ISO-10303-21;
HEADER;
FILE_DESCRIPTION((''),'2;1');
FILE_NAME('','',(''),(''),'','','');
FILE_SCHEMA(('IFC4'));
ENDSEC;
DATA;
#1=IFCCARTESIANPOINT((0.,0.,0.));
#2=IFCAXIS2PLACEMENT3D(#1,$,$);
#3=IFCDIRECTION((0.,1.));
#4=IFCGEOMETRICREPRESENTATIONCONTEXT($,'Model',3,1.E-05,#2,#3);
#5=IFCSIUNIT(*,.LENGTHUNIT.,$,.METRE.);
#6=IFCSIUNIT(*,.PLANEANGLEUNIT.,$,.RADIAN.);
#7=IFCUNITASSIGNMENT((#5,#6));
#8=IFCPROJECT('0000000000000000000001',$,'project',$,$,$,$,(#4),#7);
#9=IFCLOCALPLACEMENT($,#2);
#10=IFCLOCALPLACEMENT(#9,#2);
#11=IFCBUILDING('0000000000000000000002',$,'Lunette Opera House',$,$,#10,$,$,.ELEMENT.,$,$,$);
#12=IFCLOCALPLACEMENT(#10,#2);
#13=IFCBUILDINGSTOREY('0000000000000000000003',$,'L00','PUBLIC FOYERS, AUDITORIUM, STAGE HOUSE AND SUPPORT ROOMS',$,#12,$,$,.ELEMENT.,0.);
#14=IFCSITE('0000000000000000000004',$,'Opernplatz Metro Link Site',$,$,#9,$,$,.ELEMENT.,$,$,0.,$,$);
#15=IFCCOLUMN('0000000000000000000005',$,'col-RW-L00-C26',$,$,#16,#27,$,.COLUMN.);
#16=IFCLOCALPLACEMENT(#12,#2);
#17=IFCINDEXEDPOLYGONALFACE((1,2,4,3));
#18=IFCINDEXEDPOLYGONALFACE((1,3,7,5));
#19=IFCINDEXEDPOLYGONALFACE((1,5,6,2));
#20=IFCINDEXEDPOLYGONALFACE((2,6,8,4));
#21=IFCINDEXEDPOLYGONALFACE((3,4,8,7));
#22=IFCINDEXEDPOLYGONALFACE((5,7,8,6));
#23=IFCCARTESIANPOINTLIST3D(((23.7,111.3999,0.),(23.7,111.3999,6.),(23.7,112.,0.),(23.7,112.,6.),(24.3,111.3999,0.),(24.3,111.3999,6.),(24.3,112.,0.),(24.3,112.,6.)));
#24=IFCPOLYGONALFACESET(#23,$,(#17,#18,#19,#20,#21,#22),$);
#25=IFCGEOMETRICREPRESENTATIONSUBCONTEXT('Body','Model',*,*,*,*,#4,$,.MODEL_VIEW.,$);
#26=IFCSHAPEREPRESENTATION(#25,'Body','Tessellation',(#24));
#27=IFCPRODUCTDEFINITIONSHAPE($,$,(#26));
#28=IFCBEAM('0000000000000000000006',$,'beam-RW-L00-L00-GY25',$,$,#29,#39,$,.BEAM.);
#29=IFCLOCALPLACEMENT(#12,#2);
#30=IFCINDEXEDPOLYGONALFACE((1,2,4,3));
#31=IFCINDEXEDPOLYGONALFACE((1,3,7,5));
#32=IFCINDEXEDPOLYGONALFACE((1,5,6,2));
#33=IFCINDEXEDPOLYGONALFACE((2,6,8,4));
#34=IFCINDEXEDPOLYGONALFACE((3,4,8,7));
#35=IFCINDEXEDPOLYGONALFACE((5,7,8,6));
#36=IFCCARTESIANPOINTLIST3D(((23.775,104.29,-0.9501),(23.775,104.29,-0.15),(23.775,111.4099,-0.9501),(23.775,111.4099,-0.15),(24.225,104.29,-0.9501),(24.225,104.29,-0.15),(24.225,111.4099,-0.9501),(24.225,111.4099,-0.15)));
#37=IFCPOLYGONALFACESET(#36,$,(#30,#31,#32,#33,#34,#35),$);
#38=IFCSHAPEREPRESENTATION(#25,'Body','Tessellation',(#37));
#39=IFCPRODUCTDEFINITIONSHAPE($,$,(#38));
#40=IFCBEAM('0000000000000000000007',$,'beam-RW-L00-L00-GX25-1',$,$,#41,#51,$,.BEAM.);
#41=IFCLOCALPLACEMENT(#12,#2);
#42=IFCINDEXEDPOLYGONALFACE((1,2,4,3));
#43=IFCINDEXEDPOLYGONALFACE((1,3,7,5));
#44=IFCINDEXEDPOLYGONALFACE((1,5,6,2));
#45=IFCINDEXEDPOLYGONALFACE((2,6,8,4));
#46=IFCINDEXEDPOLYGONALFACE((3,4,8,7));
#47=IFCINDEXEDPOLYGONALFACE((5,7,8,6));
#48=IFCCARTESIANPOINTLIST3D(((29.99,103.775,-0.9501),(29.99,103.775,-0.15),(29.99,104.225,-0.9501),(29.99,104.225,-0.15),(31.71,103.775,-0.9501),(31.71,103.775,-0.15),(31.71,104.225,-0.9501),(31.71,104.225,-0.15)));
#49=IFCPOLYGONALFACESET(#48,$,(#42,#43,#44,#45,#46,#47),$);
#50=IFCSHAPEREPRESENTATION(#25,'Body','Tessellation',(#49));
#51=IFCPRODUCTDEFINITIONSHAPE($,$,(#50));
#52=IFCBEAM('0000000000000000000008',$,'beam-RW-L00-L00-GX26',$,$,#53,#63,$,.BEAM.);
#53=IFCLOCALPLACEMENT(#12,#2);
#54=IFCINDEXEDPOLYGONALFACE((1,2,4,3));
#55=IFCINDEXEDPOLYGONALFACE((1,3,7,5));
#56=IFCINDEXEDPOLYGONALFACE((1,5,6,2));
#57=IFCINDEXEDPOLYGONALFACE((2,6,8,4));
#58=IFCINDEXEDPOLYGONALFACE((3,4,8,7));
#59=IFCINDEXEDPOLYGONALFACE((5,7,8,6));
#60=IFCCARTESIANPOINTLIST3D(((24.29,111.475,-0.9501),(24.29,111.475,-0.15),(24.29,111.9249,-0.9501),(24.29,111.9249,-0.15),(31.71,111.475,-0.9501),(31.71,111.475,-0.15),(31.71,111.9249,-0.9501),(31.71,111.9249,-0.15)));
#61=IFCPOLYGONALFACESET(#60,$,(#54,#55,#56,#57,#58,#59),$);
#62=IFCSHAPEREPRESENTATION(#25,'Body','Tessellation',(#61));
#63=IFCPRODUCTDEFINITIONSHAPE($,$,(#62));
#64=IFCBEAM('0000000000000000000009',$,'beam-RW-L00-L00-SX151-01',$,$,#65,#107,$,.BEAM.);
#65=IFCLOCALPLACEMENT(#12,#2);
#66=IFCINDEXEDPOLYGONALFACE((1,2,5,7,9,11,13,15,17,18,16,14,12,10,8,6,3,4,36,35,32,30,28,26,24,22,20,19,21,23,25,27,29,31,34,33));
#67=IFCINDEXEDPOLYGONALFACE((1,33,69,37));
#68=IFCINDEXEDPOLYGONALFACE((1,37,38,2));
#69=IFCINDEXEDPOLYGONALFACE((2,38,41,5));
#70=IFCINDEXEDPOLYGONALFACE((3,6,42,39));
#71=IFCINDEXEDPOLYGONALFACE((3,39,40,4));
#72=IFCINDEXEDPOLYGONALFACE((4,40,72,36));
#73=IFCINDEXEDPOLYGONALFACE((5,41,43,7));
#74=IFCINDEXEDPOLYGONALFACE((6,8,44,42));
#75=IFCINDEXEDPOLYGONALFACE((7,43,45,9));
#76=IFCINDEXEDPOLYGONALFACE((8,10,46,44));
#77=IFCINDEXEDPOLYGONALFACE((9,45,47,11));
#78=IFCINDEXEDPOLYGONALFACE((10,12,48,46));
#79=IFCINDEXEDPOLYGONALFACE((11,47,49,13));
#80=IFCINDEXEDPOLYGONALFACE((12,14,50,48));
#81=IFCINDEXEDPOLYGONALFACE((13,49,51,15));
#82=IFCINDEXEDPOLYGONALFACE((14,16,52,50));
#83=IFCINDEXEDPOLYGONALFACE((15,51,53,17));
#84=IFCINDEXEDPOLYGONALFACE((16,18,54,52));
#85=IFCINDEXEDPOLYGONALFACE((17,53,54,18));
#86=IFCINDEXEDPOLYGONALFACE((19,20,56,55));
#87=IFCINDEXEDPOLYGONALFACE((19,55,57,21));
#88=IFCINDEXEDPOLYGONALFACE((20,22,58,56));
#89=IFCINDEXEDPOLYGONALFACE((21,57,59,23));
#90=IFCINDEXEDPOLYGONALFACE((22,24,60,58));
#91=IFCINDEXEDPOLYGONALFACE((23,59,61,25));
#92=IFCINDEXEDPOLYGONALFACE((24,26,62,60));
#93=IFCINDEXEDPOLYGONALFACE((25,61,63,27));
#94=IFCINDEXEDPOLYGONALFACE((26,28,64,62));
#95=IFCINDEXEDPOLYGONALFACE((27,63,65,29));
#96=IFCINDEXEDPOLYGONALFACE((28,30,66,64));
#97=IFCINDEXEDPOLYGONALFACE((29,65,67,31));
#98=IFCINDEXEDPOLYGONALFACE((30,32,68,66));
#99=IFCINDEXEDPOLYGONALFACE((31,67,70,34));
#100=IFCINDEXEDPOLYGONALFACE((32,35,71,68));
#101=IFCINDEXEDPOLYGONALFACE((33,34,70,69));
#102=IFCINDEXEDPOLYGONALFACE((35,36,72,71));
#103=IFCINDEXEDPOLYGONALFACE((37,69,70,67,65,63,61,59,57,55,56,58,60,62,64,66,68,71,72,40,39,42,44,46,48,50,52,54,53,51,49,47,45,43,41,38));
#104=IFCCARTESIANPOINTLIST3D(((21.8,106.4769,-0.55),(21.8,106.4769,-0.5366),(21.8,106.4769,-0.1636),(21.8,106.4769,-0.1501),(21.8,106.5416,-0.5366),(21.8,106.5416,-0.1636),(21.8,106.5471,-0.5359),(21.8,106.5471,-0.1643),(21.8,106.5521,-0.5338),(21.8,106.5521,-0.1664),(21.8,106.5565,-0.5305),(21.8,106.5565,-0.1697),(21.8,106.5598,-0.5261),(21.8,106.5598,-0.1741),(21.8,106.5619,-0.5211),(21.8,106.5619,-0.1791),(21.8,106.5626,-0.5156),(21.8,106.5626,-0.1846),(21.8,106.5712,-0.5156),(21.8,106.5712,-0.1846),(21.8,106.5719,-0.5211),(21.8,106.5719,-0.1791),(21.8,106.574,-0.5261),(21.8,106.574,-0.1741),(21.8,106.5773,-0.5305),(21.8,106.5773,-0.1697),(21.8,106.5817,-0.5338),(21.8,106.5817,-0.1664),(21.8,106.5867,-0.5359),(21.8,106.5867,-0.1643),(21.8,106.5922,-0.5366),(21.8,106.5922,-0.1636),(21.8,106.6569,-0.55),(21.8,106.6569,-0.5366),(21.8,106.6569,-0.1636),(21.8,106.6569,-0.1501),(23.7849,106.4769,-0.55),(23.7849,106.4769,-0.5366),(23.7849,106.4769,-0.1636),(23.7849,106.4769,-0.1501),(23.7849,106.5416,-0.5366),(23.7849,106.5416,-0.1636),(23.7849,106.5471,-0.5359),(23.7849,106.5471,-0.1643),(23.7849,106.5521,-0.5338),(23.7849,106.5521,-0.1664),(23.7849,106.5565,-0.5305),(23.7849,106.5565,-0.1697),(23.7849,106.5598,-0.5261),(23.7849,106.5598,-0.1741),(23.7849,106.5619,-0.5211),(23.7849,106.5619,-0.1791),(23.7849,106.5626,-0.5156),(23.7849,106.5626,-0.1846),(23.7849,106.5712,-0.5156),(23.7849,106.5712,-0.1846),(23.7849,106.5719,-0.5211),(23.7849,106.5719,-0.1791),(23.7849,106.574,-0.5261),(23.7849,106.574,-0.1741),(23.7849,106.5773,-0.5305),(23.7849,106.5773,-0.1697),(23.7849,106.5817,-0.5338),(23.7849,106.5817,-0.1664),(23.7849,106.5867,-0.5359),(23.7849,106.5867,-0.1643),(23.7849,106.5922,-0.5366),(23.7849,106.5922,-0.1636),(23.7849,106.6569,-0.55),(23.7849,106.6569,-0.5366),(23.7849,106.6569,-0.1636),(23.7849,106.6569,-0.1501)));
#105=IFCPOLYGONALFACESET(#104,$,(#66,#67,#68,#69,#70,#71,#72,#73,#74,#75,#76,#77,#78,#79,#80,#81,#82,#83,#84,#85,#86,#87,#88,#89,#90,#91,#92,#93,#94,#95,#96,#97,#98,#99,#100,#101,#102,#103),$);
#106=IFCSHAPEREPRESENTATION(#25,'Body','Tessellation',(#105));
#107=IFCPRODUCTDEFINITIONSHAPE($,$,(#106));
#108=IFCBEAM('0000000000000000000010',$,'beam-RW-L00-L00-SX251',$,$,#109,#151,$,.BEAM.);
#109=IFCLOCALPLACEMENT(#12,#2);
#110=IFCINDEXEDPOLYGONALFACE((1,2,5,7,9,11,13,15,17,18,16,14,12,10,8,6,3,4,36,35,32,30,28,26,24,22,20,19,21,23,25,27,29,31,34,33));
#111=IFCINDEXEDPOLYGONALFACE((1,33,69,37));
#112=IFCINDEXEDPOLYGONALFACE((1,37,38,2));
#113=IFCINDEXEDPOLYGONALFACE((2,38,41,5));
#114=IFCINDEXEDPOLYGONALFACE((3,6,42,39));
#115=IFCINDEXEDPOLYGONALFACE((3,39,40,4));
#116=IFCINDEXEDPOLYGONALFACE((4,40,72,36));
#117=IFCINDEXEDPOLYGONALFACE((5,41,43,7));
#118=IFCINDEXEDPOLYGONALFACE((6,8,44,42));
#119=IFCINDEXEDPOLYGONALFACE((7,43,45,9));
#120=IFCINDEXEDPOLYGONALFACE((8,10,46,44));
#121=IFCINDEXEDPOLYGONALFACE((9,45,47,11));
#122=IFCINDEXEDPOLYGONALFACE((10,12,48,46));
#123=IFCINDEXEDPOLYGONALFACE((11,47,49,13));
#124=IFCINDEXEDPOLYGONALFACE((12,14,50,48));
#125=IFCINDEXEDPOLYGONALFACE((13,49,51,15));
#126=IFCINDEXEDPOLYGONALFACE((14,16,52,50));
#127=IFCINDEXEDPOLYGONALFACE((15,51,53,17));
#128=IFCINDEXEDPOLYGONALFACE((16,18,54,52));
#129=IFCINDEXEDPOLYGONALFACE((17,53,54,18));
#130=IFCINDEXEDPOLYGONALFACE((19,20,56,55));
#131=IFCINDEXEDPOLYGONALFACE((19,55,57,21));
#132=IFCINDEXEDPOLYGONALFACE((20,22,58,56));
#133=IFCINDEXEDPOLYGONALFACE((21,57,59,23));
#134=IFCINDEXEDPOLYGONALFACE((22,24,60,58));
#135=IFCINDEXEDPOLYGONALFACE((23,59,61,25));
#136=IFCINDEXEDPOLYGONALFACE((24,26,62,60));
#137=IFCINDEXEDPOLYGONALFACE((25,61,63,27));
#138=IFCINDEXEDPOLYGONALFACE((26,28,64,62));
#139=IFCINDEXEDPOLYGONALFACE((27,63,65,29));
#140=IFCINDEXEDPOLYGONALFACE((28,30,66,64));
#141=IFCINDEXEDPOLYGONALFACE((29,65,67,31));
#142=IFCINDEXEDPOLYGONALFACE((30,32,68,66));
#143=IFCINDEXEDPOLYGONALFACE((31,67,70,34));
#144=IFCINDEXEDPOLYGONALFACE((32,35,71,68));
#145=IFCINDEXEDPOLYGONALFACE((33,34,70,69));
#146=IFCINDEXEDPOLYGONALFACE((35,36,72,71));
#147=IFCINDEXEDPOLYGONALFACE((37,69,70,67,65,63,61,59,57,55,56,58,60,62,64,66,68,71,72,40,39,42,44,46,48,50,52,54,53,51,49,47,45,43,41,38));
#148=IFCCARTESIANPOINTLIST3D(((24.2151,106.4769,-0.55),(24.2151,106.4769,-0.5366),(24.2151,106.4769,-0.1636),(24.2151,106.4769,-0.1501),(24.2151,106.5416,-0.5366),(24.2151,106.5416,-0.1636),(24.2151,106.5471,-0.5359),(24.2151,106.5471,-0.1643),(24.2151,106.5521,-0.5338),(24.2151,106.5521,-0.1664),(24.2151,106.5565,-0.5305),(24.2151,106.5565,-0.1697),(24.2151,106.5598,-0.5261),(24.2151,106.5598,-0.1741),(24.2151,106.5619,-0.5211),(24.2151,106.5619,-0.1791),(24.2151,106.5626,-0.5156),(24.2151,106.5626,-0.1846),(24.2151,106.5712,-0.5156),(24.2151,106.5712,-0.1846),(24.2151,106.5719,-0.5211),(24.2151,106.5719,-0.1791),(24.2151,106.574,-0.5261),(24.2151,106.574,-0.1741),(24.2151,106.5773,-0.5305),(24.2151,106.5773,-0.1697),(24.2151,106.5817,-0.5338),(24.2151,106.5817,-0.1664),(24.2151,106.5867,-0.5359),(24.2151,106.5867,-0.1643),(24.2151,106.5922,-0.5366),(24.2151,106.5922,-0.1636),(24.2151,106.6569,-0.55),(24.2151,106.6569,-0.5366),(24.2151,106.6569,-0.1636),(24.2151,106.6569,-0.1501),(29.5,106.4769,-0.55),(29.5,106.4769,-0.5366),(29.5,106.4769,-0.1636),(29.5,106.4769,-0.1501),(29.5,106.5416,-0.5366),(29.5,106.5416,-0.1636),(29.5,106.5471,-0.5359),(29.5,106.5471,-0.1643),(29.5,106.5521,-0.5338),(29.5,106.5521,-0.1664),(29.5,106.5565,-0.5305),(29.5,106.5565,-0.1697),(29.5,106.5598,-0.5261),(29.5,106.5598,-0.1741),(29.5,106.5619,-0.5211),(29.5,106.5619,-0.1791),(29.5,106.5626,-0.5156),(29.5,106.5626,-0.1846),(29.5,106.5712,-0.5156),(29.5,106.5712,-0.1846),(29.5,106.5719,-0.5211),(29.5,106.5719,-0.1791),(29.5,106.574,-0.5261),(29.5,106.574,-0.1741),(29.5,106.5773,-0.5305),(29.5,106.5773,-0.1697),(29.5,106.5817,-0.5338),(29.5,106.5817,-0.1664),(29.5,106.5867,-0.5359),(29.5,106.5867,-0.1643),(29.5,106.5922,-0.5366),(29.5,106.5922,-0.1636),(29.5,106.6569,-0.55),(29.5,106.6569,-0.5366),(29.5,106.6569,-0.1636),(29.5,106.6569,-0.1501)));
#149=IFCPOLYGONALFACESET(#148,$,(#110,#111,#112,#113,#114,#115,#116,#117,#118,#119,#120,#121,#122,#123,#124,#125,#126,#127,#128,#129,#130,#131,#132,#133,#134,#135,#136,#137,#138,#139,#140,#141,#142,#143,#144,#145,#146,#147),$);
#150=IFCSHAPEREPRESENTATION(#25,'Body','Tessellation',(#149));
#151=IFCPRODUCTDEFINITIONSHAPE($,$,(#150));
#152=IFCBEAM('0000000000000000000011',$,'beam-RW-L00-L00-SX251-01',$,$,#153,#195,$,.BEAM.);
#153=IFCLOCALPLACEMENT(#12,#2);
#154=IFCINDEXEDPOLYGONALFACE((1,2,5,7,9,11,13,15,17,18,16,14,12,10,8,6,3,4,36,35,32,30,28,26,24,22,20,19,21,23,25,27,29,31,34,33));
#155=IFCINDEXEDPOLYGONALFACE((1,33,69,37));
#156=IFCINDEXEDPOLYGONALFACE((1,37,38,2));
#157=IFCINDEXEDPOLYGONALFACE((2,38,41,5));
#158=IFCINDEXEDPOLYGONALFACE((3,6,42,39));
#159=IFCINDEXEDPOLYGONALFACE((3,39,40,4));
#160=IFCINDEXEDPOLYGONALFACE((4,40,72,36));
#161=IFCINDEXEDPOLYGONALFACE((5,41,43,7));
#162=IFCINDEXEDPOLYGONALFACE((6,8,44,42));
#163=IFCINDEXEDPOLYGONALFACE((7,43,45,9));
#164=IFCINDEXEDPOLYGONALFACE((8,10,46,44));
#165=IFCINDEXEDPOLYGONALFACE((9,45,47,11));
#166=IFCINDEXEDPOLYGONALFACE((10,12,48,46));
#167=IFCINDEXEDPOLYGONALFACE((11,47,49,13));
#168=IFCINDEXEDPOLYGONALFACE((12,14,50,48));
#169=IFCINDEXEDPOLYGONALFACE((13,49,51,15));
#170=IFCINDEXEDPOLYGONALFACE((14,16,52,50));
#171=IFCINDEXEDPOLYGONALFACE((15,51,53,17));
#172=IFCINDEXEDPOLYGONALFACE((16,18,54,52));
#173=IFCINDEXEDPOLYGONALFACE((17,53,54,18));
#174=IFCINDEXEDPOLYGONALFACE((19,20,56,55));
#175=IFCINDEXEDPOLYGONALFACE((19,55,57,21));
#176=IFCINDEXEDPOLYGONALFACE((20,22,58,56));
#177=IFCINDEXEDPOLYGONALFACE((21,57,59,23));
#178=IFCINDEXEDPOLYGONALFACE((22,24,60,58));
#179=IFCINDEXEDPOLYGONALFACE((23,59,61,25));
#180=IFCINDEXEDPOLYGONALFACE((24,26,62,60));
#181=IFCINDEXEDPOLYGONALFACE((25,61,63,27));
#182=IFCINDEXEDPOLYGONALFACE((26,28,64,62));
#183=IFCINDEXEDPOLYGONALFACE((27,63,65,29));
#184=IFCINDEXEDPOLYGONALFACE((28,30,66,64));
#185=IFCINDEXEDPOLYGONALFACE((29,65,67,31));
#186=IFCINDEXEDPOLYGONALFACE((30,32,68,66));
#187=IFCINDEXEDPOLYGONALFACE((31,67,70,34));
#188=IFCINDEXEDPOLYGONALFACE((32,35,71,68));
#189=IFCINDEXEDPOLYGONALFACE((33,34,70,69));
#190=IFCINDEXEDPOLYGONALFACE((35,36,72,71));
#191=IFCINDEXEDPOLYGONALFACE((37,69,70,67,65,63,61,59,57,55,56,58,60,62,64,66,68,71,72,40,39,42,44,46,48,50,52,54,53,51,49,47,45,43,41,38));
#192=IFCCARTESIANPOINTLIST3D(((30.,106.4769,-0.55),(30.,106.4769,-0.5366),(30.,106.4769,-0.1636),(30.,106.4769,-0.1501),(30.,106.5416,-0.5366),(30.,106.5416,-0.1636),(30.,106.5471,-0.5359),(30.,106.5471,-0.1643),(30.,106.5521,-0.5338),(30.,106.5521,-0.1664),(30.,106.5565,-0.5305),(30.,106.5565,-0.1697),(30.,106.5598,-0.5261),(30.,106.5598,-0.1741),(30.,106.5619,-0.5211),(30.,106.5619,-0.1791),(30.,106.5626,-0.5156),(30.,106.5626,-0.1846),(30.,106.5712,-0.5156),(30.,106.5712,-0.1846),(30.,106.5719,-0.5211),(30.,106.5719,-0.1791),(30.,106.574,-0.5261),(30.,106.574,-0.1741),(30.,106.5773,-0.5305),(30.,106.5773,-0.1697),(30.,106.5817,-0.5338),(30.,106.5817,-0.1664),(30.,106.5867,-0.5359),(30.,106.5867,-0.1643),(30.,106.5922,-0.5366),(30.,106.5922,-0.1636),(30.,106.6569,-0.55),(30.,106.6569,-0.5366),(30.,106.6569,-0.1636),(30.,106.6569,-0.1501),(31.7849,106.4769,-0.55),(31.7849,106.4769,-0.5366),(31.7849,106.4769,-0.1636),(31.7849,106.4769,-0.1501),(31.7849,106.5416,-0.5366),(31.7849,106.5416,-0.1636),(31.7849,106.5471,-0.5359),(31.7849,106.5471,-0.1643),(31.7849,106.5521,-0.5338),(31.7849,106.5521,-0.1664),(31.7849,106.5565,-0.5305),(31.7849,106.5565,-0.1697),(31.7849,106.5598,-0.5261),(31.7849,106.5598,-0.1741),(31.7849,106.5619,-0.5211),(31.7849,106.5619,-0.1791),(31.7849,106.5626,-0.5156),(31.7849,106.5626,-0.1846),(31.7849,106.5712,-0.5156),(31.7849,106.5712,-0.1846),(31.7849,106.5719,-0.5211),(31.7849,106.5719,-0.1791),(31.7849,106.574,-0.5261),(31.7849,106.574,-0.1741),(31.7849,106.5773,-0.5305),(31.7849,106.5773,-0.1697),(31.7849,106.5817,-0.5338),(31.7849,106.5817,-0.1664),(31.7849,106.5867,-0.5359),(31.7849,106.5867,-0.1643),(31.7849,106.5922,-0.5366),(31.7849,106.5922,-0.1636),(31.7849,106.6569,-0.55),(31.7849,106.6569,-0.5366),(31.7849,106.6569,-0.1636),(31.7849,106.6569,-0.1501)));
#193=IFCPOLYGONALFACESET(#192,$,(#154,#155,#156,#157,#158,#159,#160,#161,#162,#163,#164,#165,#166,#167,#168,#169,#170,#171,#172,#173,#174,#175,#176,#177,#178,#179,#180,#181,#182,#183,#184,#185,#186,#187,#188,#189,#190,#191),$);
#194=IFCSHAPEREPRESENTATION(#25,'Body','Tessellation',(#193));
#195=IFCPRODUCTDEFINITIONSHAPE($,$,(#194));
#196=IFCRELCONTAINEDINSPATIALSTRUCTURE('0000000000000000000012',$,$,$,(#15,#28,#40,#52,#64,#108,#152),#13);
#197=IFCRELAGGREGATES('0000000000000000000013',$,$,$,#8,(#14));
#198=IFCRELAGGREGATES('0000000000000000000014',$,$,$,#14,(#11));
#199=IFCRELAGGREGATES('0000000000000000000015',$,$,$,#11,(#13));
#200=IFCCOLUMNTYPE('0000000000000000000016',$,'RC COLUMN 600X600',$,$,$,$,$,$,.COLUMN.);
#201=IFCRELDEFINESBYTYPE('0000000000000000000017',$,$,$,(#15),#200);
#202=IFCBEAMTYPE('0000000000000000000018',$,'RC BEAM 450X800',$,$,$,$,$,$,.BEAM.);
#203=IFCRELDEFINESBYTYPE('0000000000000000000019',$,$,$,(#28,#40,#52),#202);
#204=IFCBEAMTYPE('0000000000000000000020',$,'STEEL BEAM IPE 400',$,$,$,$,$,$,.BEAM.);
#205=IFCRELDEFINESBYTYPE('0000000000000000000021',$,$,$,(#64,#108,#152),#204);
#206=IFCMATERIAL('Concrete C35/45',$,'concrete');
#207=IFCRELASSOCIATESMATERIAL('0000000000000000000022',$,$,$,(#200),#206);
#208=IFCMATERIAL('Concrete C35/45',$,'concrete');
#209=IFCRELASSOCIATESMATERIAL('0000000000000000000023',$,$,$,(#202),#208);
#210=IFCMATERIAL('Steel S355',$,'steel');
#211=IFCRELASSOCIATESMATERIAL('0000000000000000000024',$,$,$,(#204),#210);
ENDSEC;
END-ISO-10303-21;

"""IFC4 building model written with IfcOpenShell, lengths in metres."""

from ifc_helpers import new_model, si_unit, direction, frame, origin, origin_2d, place, context, subcontext, project, spatial, rectangle, i_section, extrude, material, material_profile, profile_set, type_object, element, save


model = new_model("IFC4")

# Units and contexts
model_context = context("Model", 3, precision=1e-05, world=origin(), true_north=direction((0.0, 1.0)))
body_context = subcontext(model_context, "Body", "Model", "MODEL_VIEW")
ifc_project = project(units=[si_unit("LENGTHUNIT", "METRE"), si_unit("PLANEANGLEUNIT", "RADIAN")], contexts=[model_context])

# Site, building, storey
site_placement = place(None, origin())
site = spatial("IfcSite", under=ifc_project, at=site_placement, Name="Opernplatz Metro Link Site", CompositionType="ELEMENT", RefElevation=0.0)
building_placement = place(site_placement, origin())
building = spatial("IfcBuilding", under=site, at=building_placement, Name="Lunette Opera House", CompositionType="ELEMENT")
storey_placement = place(building_placement, origin())
storey = spatial("IfcBuildingStorey", under=building, at=storey_placement, Name="L00", Description="PUBLIC FOYERS, AUDITORIUM, STAGE HOUSE AND SUPPORT ROOMS", CompositionType="ELEMENT", Elevation=0.0)

# Column
ifc_material_1 = material(Name="Concrete C35/45", Category="concrete")
ifc_material_profile_1 = material_profile(ifc_material_1, rectangle(XDim=0.6001, YDim=0.6001, at=origin_2d()), Name="RC COLUMN 600X600")
ifc_profile_set_1 = profile_set([ifc_material_profile_1], Name="Concrete C35/45")
column_type = type_object("IfcColumnType", Name="RC COLUMN 600X600", PredefinedType="COLUMN", material=ifc_profile_set_1)
column_placement = place(storey_placement, frame((24.0, 111.7, 0.0), z_axis=(0.0, 0.0, 1.0), x_axis=(1.0, 0.0, 0.0)))
element("IfcColumn", 1, at=column_placement, inside=storey, type_object=column_type, Name="col-RW-L00-C26", PredefinedType="COLUMN", context=body_context, shape_type="SweptSolid", body=[
    extrude(rectangle(XDim=0.6001, YDim=0.6001, at=origin_2d()), origin(), (0.0, 0.0, 1.0), 6.0),
])

# Beams
ifc_material_2 = material(Name="Concrete C35/45", Category="concrete")
ifc_material_profile_2 = material_profile(ifc_material_2, rectangle(XDim=0.45, YDim=0.8, at=origin_2d()), Name="RC BEAM 450X800")
ifc_profile_set_2 = profile_set([ifc_material_profile_2], Name="Concrete C35/45")
beam_type_1 = type_object("IfcBeamType", Name="RC BEAM 450X800", PredefinedType="BEAM", material=ifc_profile_set_2)
beam_1_placement = place(storey_placement, frame((24.0, 104.29, -0.55), z_axis=(0.0, 1.0, 0.0), x_axis=(-1.0, 0.0, 0.0)))
element("IfcBeam", 2, at=beam_1_placement, inside=storey, type_object=beam_type_1, Name="beam-RW-L00-L00-GY25", PredefinedType="BEAM", context=body_context, shape_type="SweptSolid", body=[
    extrude(rectangle(XDim=0.45, YDim=0.8, at=origin_2d()), origin(), (0.0, 0.0, 1.0), 7.1199),
])
beam_2_placement = place(storey_placement, frame((29.99, 104.0, -0.55), z_axis=(1.0, 0.0, 0.0), x_axis=(0.0, 1.0, 0.0)))
element("IfcBeam", 3, at=beam_2_placement, inside=storey, type_object=beam_type_1, Name="beam-RW-L00-L00-GX25-1", PredefinedType="BEAM", context=body_context, shape_type="SweptSolid", body=[
    extrude(rectangle(XDim=0.45, YDim=0.8, at=origin_2d()), origin(), (0.0, 0.0, 1.0), 1.72),
])
beam_3_placement = place(storey_placement, frame((24.29, 111.7, -0.55), z_axis=(1.0, 0.0, 0.0), x_axis=(0.0, 1.0, 0.0)))
element("IfcBeam", 4, at=beam_3_placement, inside=storey, type_object=beam_type_1, Name="beam-RW-L00-L00-GX26", PredefinedType="BEAM", context=body_context, shape_type="SweptSolid", body=[
    extrude(rectangle(XDim=0.45, YDim=0.8, at=origin_2d()), origin(), (0.0, 0.0, 1.0), 7.4199),
])
ifc_material_3 = material(Name="Steel S355", Category="steel")
ifc_material_profile_3 = material_profile(ifc_material_3, i_section(OverallWidth=0.1799, OverallDepth=0.3999, WebThickness=0.0085, FlangeThickness=0.0134, FilletRadius=0.021, at=origin_2d()), Name="IPE 400")
ifc_profile_set_3 = profile_set([ifc_material_profile_3], Name="Steel S355")
beam_type_2 = type_object("IfcBeamType", Name="STEEL BEAM IPE 400", PredefinedType="BEAM", material=ifc_profile_set_3)
beam_4_placement = place(storey_placement, frame((21.8, 106.5669, -0.3501), z_axis=(1.0, 0.0, 0.0), x_axis=(0.0, 1.0, 0.0)))
element("IfcBeam", 5, at=beam_4_placement, inside=storey, type_object=beam_type_2, Name="beam-RW-L00-L00-SX151-01", PredefinedType="BEAM", context=body_context, shape_type="SweptSolid", body=[
    extrude(i_section(OverallWidth=0.1799, OverallDepth=0.3999, WebThickness=0.0085, FlangeThickness=0.0134, FilletRadius=0.021, at=origin_2d()), origin(), (0.0, 0.0, 1.0), 1.9849),
])
beam_5_placement = place(storey_placement, frame((24.2151, 106.5669, -0.3501), z_axis=(1.0, 0.0, 0.0), x_axis=(0.0, 1.0, 0.0)))
element("IfcBeam", 6, at=beam_5_placement, inside=storey, type_object=beam_type_2, Name="beam-RW-L00-L00-SX251", PredefinedType="BEAM", context=body_context, shape_type="SweptSolid", body=[
    extrude(i_section(OverallWidth=0.1799, OverallDepth=0.3999, WebThickness=0.0085, FlangeThickness=0.0134, FilletRadius=0.021, at=origin_2d()), origin(), (0.0, 0.0, 1.0), 5.2849),
])
beam_6_placement = place(storey_placement, frame((30.0, 106.5669, -0.3501), z_axis=(1.0, 0.0, 0.0), x_axis=(0.0, 1.0, 0.0)))
element("IfcBeam", 7, at=beam_6_placement, inside=storey, type_object=beam_type_2, Name="beam-RW-L00-L00-SX251-01", PredefinedType="BEAM", context=body_context, shape_type="SweptSolid", body=[
    extrude(i_section(OverallWidth=0.1799, OverallDepth=0.3999, WebThickness=0.0085, FlangeThickness=0.0134, FilletRadius=0.021, at=origin_2d()), origin(), (0.0, 0.0, 1.0), 1.7849),
])

save(model, "model.ifc")
